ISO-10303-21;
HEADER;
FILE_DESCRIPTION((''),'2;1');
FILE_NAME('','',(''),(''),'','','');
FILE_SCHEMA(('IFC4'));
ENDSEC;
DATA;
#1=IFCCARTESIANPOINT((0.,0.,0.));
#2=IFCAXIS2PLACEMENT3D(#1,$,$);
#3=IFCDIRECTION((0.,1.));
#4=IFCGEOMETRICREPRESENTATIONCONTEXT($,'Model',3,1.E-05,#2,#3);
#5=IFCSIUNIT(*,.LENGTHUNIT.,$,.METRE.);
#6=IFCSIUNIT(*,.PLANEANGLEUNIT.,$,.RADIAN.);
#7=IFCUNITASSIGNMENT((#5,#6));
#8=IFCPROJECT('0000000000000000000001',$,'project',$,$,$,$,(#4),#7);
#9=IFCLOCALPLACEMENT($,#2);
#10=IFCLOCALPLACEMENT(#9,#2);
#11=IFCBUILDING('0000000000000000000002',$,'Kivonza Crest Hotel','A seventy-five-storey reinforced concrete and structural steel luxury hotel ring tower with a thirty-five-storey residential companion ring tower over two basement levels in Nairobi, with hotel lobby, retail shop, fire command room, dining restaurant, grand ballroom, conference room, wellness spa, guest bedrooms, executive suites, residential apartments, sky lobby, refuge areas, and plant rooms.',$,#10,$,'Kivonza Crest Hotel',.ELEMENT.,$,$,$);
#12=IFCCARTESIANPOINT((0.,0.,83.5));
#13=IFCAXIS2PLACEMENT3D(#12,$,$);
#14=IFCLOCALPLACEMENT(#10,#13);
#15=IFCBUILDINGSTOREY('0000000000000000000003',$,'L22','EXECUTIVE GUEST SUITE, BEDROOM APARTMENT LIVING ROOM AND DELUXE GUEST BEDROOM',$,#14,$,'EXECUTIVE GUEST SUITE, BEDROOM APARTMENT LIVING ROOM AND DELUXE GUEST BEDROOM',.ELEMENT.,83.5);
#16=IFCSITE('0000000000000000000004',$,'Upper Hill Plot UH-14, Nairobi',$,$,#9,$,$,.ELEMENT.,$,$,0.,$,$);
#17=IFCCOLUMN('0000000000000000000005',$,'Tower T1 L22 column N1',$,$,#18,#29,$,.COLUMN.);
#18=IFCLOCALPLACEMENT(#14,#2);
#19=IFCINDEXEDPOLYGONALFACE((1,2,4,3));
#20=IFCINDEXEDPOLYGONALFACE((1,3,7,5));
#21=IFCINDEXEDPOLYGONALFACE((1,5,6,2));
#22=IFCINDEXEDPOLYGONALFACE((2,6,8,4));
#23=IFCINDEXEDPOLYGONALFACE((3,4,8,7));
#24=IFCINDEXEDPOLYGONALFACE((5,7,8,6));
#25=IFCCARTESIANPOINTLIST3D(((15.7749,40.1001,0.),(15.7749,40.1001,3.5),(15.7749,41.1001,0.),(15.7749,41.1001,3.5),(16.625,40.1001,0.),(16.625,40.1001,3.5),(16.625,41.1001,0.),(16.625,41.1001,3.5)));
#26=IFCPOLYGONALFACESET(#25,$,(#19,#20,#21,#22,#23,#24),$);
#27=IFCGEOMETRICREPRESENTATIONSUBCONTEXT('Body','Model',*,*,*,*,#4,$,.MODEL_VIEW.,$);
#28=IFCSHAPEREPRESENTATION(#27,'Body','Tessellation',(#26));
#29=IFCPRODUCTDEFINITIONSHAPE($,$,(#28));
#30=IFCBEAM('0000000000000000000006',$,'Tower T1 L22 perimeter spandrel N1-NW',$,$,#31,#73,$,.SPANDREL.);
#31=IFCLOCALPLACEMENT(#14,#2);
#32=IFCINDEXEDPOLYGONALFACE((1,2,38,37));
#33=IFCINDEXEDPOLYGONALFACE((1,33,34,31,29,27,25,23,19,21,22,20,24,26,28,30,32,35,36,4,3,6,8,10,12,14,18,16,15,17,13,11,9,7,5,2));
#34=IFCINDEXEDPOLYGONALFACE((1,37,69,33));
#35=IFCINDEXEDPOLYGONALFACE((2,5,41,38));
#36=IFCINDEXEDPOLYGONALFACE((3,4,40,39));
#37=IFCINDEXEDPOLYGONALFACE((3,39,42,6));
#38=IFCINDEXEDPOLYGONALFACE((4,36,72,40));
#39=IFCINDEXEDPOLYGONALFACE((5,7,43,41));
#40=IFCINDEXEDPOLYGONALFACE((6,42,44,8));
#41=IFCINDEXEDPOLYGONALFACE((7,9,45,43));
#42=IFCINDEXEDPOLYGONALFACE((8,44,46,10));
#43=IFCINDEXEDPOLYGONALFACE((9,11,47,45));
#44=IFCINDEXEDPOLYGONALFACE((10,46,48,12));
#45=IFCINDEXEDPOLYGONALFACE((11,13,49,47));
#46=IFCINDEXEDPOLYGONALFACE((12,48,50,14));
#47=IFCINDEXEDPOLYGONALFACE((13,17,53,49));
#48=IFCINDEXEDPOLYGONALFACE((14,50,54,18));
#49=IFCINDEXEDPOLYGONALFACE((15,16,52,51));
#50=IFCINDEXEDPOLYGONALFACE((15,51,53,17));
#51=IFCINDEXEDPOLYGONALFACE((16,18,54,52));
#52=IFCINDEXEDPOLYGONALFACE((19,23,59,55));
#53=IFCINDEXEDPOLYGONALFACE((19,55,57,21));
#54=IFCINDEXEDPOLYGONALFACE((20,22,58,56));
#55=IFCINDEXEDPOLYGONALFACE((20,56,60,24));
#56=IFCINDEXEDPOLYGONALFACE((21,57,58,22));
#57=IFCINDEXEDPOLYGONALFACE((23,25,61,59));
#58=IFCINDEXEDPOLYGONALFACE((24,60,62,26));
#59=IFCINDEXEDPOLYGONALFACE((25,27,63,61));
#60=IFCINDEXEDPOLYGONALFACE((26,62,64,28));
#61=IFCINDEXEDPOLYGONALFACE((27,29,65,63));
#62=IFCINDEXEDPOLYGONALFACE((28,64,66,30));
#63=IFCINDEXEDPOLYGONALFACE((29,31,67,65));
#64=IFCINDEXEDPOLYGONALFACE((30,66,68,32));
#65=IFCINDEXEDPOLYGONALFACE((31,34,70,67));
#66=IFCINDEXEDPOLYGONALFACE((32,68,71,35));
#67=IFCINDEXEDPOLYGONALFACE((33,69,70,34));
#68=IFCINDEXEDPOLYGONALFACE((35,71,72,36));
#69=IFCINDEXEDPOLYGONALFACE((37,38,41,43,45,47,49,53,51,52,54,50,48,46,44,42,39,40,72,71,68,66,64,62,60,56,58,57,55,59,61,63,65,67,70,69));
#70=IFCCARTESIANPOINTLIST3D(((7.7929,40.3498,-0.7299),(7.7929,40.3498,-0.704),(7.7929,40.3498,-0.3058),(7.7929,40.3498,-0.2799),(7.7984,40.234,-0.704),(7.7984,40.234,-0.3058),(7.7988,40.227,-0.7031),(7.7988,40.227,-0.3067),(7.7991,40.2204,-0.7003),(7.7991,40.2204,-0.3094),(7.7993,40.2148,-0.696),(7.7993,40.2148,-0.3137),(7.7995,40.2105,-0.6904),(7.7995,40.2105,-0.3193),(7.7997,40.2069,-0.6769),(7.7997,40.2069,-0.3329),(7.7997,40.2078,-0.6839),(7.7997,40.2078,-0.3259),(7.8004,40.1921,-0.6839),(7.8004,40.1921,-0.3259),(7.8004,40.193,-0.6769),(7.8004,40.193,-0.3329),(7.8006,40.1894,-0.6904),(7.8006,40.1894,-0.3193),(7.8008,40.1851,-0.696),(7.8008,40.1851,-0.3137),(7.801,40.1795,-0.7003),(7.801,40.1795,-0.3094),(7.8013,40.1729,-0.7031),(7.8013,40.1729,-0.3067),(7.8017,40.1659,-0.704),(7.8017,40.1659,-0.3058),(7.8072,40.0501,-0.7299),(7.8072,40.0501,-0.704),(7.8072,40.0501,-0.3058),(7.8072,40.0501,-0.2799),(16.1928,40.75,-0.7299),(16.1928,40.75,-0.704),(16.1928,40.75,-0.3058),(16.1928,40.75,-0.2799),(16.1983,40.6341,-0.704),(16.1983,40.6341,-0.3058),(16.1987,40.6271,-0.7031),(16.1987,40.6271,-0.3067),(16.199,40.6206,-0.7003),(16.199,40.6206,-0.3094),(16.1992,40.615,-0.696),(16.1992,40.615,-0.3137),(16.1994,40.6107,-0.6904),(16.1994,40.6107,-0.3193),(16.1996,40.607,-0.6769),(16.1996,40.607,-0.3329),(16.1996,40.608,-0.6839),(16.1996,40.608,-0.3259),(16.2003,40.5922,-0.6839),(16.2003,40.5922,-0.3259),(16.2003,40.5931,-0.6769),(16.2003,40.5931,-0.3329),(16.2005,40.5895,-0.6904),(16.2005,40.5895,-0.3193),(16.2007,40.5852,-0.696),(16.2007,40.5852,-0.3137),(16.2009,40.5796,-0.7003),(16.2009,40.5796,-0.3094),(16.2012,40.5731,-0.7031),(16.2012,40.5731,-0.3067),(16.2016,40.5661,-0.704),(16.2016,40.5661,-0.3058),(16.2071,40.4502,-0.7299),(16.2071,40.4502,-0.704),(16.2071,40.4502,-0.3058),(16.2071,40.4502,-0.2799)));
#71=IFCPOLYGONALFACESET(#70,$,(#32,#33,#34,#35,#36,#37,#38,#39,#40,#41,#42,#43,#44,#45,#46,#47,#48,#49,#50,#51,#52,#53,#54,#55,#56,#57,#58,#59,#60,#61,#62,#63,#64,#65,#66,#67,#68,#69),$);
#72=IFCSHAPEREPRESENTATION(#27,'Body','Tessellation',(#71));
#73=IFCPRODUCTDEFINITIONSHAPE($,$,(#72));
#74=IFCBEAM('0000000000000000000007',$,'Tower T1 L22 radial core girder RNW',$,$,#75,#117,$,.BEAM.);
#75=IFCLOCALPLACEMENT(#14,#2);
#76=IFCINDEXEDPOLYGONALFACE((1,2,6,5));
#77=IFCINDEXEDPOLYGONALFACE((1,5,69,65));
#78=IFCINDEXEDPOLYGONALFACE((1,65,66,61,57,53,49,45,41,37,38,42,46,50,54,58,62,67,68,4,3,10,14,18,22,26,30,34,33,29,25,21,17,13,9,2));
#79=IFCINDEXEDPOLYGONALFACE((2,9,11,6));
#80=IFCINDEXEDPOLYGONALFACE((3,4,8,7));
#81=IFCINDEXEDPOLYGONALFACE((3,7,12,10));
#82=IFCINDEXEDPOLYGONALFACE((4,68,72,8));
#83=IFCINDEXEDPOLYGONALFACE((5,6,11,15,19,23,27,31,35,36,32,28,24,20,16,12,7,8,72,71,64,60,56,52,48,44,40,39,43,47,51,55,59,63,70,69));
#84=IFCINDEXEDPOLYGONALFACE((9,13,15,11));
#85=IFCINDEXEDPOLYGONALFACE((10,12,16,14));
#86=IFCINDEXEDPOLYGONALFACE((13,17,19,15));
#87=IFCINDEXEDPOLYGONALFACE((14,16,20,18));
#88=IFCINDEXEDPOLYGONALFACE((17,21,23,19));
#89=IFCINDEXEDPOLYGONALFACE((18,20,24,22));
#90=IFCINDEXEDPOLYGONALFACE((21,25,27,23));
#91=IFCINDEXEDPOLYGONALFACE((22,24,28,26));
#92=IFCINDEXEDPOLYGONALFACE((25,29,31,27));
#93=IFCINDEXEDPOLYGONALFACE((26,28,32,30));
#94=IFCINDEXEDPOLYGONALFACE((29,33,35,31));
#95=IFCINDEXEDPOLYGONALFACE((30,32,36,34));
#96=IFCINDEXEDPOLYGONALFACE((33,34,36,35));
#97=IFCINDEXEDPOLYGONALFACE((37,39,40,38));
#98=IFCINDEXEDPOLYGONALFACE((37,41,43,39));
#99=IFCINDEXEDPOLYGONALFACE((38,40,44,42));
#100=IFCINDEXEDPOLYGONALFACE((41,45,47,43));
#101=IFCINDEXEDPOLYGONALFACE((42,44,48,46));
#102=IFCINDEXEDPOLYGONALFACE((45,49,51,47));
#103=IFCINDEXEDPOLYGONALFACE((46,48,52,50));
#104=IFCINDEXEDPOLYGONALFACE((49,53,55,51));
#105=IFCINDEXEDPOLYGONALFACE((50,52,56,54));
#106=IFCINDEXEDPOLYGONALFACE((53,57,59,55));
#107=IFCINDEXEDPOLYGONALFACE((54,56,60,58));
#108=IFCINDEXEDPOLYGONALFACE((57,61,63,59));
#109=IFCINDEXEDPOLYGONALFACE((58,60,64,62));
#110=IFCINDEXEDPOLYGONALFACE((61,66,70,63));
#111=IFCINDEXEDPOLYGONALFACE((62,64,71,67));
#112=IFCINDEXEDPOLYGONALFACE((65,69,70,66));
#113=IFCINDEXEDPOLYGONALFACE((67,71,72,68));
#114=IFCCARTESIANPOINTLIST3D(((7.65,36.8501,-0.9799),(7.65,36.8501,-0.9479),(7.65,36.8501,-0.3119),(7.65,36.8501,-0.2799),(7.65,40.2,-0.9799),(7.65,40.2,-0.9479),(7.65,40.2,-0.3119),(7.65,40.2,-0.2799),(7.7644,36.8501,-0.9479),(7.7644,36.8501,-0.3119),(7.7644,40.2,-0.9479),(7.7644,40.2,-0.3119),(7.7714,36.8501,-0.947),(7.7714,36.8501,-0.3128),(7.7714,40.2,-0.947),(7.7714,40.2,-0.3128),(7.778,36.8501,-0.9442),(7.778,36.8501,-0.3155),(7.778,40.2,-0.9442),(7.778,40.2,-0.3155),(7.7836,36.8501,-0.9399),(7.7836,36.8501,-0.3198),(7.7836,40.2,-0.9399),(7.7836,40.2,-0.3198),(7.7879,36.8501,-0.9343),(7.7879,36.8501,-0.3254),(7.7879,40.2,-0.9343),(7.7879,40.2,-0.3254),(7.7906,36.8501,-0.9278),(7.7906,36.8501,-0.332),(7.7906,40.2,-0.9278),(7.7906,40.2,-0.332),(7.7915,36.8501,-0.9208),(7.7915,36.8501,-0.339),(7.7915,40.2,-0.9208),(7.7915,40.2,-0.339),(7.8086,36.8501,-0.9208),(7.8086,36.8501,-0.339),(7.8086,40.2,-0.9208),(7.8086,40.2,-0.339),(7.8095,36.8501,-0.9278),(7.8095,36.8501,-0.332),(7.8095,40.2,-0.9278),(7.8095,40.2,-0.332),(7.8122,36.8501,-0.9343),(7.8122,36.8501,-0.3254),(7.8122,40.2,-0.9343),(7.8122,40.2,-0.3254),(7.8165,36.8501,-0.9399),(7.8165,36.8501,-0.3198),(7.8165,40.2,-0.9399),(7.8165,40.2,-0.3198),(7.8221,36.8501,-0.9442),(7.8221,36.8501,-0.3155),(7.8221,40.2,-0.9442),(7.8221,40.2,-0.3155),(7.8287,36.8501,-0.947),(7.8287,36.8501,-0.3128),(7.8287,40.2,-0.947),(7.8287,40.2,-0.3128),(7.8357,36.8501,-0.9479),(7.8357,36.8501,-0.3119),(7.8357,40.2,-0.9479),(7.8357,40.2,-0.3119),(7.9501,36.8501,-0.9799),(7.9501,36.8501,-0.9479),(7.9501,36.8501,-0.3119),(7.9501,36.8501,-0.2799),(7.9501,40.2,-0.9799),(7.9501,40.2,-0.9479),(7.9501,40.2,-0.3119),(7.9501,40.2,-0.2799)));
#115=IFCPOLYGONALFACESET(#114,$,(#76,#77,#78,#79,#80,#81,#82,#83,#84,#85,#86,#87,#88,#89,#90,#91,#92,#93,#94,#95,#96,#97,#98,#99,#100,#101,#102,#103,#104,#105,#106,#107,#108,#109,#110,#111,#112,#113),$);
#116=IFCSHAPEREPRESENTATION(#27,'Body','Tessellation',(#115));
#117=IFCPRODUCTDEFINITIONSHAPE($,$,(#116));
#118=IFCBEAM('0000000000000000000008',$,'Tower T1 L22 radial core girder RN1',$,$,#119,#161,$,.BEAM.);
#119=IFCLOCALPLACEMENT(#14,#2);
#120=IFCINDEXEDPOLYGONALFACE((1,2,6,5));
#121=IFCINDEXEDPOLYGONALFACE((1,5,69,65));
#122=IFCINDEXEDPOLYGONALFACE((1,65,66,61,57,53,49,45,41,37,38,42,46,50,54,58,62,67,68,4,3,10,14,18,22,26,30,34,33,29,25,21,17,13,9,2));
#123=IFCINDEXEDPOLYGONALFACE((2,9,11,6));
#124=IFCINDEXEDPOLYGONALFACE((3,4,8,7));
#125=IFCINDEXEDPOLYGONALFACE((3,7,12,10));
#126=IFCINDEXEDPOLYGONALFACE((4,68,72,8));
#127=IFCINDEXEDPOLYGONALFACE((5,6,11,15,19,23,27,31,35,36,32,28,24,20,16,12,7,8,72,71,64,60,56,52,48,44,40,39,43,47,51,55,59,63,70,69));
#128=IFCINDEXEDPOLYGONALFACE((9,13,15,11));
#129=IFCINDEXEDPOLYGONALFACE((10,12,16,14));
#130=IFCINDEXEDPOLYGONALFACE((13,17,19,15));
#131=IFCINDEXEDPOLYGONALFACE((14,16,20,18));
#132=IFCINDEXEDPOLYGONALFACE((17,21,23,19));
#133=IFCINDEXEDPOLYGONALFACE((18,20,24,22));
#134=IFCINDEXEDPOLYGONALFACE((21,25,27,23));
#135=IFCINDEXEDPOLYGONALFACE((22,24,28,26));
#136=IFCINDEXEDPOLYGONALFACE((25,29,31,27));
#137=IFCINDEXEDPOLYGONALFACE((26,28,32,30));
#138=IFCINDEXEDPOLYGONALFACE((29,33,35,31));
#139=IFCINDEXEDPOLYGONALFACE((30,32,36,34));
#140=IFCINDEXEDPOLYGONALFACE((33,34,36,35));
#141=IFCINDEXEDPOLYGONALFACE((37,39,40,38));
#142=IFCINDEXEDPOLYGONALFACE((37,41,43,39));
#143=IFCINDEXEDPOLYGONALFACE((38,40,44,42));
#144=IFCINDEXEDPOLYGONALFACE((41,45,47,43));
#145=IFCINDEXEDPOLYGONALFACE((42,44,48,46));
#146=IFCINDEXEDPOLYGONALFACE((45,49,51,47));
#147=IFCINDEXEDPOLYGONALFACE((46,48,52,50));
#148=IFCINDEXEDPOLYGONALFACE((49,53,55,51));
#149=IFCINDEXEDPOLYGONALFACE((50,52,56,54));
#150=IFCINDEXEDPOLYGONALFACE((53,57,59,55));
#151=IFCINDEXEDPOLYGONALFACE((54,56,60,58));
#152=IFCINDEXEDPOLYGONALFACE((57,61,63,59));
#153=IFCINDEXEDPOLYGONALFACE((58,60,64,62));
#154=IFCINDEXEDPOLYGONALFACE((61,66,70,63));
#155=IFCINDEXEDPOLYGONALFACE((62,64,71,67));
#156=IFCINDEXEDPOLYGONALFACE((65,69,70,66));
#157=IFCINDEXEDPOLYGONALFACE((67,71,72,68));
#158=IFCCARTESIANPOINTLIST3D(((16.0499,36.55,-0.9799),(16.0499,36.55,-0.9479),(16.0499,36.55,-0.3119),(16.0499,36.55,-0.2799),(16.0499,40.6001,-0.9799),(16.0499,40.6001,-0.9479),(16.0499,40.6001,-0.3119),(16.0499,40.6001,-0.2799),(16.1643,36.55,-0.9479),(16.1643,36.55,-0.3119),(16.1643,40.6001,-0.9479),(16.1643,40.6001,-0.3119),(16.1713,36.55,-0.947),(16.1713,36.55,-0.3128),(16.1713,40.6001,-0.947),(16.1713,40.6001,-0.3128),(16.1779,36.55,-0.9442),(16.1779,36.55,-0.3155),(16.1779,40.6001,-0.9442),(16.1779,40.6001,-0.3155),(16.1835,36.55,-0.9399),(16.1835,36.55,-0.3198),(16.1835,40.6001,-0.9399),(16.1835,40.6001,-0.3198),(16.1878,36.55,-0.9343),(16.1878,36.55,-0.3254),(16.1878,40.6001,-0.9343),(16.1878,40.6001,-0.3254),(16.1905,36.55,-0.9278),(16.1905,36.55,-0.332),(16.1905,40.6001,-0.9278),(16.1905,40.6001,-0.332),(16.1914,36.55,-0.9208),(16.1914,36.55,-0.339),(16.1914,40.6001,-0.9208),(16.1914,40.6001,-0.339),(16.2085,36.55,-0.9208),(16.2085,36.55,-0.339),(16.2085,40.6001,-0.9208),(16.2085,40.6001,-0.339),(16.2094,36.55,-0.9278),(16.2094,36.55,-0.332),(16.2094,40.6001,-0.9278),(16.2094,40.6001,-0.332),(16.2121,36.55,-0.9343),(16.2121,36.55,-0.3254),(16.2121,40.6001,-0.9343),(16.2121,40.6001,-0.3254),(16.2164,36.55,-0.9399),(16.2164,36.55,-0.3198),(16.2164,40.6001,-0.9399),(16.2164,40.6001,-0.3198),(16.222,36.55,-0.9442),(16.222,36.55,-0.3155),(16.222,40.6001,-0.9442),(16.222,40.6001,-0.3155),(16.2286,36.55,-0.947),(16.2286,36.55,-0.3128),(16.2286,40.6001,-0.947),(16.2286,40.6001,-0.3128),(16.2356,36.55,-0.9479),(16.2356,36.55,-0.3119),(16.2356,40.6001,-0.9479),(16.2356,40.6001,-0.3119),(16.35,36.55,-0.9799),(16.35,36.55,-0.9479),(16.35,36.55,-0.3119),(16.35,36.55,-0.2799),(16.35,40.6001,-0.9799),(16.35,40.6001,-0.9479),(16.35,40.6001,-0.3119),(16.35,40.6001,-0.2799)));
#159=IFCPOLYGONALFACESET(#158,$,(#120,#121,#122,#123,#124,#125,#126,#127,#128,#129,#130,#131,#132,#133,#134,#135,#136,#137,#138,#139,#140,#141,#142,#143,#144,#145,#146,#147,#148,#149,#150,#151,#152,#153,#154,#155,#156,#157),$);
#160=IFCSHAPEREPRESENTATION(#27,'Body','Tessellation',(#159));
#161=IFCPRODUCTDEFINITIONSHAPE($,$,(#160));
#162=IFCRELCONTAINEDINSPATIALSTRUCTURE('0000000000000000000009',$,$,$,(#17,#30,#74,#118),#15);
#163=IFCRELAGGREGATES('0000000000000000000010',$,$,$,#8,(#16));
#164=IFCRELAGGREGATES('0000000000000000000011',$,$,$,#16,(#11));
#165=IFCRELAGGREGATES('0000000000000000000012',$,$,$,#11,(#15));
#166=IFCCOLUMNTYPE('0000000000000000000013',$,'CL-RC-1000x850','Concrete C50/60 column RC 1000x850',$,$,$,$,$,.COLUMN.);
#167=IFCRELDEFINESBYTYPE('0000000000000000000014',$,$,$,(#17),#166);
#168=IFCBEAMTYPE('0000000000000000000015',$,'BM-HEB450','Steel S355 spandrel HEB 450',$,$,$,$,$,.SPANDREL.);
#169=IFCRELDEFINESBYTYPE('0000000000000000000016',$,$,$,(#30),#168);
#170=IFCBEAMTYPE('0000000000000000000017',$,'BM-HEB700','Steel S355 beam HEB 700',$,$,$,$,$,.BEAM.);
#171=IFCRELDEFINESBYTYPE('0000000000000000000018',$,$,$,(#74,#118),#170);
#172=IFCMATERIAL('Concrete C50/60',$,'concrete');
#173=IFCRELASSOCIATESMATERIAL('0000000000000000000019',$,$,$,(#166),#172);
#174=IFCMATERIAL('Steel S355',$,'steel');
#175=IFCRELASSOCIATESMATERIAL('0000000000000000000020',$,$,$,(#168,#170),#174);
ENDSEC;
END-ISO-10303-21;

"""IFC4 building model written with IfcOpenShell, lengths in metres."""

from ifc_helpers import new_model, si_unit, direction, frame, origin, origin_2d, place, context, subcontext, project, spatial, rectangle, i_section, extrude, material, material_profile, profile_set, type_object, element, save


model = new_model("IFC4")

# Units and contexts
model_context = context("Model", 3, precision=1e-05, world=origin(), true_north=direction((0.0, 1.0)))
body_context = subcontext(model_context, "Body", "Model", "MODEL_VIEW")
ifc_project = project(units=[si_unit("LENGTHUNIT", "METRE"), si_unit("PLANEANGLEUNIT", "RADIAN")], contexts=[model_context])

# Site, building, storey
site_placement = place(None, origin())
site = spatial("IfcSite", under=ifc_project, at=site_placement, Name="Upper Hill Plot UH-14, Nairobi", CompositionType="ELEMENT", RefElevation=0.0)
building_placement = place(site_placement, origin())
building = spatial("IfcBuilding", under=site, at=building_placement, Name="Kivonza Crest Hotel", Description="A seventy-five-storey reinforced concrete and structural steel luxury hotel ring tower with a thirty-five-storey residential companion ring tower over two basement levels in Nairobi, with hotel lobby, retail shop, fire command room, dining restaurant, grand ballroom, conference room, wellness spa, guest bedrooms, executive suites, residential apartments, sky lobby, refuge areas, and plant rooms.", LongName="Kivonza Crest Hotel", CompositionType="ELEMENT")
storey_placement = place(building_placement, frame((0.0, 0.0, 83.5)))
storey = spatial("IfcBuildingStorey", under=building, at=storey_placement, Name="L22", Description="EXECUTIVE GUEST SUITE, BEDROOM APARTMENT LIVING ROOM AND DELUXE GUEST BEDROOM", LongName="EXECUTIVE GUEST SUITE, BEDROOM APARTMENT LIVING ROOM AND DELUXE GUEST BEDROOM", CompositionType="ELEMENT", Elevation=83.5)

# Column
ifc_material_1 = material(Name="Concrete C50/60", Category="concrete")
ifc_material_profile_1 = material_profile(ifc_material_1, rectangle(XDim=0.8501, YDim=1.0, at=origin_2d()), Name="RC 1000x850")
ifc_profile_set_1 = profile_set([ifc_material_profile_1], Name="Concrete C50/60")
column_type = type_object("IfcColumnType", Name="CL-RC-1000x850", Description="Concrete C50/60 column RC 1000x850", PredefinedType="COLUMN", material=ifc_profile_set_1)
column_placement = place(storey_placement, frame((16.2, 40.6001, 0.0), z_axis=(0.0, 0.0, 1.0), x_axis=(1.0, 0.0, 0.0)))
element("IfcColumn", 1, at=column_placement, inside=storey, type_object=column_type, Name="Tower T1 L22 column N1", PredefinedType="COLUMN", context=body_context, shape_type="SweptSolid", body=[
    extrude(rectangle(XDim=0.8501, YDim=1.0, at=origin_2d()), origin(), (0.0, 0.0, 1.0), 3.5),
])

# Beams
ifc_material_2 = material(Name="Steel S355", Category="steel")
ifc_material_profile_2 = material_profile(ifc_material_2, i_section(OverallWidth=0.3, OverallDepth=0.45, WebThickness=0.0139, FlangeThickness=0.0259, FilletRadius=0.0271, at=origin_2d()), Name="HEB 450")
ifc_profile_set_2 = profile_set([ifc_material_profile_2], Name="Steel S355")
beam_type_1 = type_object("IfcBeamType", Name="BM-HEB450", Description="Steel S355 spandrel HEB 450", PredefinedType="SPANDREL", material=ifc_profile_set_2)
beam_1_placement = place(storey_placement, frame((16.2, 40.6001, -0.5049), z_axis=(-0.998867, -0.047583, 0.0), x_axis=(0.047583, -0.998867, 0.0)))
element("IfcBeam", 2, at=beam_1_placement, inside=storey, type_object=beam_type_1, Name="Tower T1 L22 perimeter spandrel N1-NW", PredefinedType="SPANDREL", context=body_context, shape_type="SweptSolid", body=[
    extrude(i_section(OverallWidth=0.3, OverallDepth=0.45, WebThickness=0.0139, FlangeThickness=0.0259, FilletRadius=0.0271, at=origin_2d()), origin(), (0.0, 0.0, 1.0), 8.4094),
])
ifc_material_profile_3 = material_profile(ifc_material_2, i_section(OverallWidth=0.3, OverallDepth=0.7, WebThickness=0.0171, FlangeThickness=0.032, FilletRadius=0.0271, at=origin_2d()), Name="HEB 700")
ifc_profile_set_3 = profile_set([ifc_material_profile_3], Name="Steel S355")
beam_type_2 = type_object("IfcBeamType", Name="BM-HEB700", Description="Steel S355 beam HEB 700", PredefinedType="BEAM", material=ifc_profile_set_3)
beam_2_placement = place(storey_placement, frame((7.8, 40.2, -0.6299), z_axis=(0.0, -1.0, 0.0), x_axis=(1.0, 0.0, 0.0)))
element("IfcBeam", 3, at=beam_2_placement, inside=storey, type_object=beam_type_2, Name="Tower T1 L22 radial core girder RNW", PredefinedType="BEAM", context=body_context, shape_type="SweptSolid", body=[
    extrude(i_section(OverallWidth=0.3, OverallDepth=0.7, WebThickness=0.0171, FlangeThickness=0.032, FilletRadius=0.0271, at=origin_2d()), origin(), (0.0, 0.0, 1.0), 3.3499),
])
beam_3_placement = place(storey_placement, frame((16.2, 40.6001, -0.6299), z_axis=(0.0, -1.0, 0.0), x_axis=(1.0, 0.0, 0.0)))
element("IfcBeam", 4, at=beam_3_placement, inside=storey, type_object=beam_type_2, Name="Tower T1 L22 radial core girder RN1", PredefinedType="BEAM", context=body_context, shape_type="SweptSolid", body=[
    extrude(i_section(OverallWidth=0.3, OverallDepth=0.7, WebThickness=0.0171, FlangeThickness=0.032, FilletRadius=0.0271, at=origin_2d()), origin(), (0.0, 0.0, 1.0), 4.05),
])

save(model, "model.ifc")
